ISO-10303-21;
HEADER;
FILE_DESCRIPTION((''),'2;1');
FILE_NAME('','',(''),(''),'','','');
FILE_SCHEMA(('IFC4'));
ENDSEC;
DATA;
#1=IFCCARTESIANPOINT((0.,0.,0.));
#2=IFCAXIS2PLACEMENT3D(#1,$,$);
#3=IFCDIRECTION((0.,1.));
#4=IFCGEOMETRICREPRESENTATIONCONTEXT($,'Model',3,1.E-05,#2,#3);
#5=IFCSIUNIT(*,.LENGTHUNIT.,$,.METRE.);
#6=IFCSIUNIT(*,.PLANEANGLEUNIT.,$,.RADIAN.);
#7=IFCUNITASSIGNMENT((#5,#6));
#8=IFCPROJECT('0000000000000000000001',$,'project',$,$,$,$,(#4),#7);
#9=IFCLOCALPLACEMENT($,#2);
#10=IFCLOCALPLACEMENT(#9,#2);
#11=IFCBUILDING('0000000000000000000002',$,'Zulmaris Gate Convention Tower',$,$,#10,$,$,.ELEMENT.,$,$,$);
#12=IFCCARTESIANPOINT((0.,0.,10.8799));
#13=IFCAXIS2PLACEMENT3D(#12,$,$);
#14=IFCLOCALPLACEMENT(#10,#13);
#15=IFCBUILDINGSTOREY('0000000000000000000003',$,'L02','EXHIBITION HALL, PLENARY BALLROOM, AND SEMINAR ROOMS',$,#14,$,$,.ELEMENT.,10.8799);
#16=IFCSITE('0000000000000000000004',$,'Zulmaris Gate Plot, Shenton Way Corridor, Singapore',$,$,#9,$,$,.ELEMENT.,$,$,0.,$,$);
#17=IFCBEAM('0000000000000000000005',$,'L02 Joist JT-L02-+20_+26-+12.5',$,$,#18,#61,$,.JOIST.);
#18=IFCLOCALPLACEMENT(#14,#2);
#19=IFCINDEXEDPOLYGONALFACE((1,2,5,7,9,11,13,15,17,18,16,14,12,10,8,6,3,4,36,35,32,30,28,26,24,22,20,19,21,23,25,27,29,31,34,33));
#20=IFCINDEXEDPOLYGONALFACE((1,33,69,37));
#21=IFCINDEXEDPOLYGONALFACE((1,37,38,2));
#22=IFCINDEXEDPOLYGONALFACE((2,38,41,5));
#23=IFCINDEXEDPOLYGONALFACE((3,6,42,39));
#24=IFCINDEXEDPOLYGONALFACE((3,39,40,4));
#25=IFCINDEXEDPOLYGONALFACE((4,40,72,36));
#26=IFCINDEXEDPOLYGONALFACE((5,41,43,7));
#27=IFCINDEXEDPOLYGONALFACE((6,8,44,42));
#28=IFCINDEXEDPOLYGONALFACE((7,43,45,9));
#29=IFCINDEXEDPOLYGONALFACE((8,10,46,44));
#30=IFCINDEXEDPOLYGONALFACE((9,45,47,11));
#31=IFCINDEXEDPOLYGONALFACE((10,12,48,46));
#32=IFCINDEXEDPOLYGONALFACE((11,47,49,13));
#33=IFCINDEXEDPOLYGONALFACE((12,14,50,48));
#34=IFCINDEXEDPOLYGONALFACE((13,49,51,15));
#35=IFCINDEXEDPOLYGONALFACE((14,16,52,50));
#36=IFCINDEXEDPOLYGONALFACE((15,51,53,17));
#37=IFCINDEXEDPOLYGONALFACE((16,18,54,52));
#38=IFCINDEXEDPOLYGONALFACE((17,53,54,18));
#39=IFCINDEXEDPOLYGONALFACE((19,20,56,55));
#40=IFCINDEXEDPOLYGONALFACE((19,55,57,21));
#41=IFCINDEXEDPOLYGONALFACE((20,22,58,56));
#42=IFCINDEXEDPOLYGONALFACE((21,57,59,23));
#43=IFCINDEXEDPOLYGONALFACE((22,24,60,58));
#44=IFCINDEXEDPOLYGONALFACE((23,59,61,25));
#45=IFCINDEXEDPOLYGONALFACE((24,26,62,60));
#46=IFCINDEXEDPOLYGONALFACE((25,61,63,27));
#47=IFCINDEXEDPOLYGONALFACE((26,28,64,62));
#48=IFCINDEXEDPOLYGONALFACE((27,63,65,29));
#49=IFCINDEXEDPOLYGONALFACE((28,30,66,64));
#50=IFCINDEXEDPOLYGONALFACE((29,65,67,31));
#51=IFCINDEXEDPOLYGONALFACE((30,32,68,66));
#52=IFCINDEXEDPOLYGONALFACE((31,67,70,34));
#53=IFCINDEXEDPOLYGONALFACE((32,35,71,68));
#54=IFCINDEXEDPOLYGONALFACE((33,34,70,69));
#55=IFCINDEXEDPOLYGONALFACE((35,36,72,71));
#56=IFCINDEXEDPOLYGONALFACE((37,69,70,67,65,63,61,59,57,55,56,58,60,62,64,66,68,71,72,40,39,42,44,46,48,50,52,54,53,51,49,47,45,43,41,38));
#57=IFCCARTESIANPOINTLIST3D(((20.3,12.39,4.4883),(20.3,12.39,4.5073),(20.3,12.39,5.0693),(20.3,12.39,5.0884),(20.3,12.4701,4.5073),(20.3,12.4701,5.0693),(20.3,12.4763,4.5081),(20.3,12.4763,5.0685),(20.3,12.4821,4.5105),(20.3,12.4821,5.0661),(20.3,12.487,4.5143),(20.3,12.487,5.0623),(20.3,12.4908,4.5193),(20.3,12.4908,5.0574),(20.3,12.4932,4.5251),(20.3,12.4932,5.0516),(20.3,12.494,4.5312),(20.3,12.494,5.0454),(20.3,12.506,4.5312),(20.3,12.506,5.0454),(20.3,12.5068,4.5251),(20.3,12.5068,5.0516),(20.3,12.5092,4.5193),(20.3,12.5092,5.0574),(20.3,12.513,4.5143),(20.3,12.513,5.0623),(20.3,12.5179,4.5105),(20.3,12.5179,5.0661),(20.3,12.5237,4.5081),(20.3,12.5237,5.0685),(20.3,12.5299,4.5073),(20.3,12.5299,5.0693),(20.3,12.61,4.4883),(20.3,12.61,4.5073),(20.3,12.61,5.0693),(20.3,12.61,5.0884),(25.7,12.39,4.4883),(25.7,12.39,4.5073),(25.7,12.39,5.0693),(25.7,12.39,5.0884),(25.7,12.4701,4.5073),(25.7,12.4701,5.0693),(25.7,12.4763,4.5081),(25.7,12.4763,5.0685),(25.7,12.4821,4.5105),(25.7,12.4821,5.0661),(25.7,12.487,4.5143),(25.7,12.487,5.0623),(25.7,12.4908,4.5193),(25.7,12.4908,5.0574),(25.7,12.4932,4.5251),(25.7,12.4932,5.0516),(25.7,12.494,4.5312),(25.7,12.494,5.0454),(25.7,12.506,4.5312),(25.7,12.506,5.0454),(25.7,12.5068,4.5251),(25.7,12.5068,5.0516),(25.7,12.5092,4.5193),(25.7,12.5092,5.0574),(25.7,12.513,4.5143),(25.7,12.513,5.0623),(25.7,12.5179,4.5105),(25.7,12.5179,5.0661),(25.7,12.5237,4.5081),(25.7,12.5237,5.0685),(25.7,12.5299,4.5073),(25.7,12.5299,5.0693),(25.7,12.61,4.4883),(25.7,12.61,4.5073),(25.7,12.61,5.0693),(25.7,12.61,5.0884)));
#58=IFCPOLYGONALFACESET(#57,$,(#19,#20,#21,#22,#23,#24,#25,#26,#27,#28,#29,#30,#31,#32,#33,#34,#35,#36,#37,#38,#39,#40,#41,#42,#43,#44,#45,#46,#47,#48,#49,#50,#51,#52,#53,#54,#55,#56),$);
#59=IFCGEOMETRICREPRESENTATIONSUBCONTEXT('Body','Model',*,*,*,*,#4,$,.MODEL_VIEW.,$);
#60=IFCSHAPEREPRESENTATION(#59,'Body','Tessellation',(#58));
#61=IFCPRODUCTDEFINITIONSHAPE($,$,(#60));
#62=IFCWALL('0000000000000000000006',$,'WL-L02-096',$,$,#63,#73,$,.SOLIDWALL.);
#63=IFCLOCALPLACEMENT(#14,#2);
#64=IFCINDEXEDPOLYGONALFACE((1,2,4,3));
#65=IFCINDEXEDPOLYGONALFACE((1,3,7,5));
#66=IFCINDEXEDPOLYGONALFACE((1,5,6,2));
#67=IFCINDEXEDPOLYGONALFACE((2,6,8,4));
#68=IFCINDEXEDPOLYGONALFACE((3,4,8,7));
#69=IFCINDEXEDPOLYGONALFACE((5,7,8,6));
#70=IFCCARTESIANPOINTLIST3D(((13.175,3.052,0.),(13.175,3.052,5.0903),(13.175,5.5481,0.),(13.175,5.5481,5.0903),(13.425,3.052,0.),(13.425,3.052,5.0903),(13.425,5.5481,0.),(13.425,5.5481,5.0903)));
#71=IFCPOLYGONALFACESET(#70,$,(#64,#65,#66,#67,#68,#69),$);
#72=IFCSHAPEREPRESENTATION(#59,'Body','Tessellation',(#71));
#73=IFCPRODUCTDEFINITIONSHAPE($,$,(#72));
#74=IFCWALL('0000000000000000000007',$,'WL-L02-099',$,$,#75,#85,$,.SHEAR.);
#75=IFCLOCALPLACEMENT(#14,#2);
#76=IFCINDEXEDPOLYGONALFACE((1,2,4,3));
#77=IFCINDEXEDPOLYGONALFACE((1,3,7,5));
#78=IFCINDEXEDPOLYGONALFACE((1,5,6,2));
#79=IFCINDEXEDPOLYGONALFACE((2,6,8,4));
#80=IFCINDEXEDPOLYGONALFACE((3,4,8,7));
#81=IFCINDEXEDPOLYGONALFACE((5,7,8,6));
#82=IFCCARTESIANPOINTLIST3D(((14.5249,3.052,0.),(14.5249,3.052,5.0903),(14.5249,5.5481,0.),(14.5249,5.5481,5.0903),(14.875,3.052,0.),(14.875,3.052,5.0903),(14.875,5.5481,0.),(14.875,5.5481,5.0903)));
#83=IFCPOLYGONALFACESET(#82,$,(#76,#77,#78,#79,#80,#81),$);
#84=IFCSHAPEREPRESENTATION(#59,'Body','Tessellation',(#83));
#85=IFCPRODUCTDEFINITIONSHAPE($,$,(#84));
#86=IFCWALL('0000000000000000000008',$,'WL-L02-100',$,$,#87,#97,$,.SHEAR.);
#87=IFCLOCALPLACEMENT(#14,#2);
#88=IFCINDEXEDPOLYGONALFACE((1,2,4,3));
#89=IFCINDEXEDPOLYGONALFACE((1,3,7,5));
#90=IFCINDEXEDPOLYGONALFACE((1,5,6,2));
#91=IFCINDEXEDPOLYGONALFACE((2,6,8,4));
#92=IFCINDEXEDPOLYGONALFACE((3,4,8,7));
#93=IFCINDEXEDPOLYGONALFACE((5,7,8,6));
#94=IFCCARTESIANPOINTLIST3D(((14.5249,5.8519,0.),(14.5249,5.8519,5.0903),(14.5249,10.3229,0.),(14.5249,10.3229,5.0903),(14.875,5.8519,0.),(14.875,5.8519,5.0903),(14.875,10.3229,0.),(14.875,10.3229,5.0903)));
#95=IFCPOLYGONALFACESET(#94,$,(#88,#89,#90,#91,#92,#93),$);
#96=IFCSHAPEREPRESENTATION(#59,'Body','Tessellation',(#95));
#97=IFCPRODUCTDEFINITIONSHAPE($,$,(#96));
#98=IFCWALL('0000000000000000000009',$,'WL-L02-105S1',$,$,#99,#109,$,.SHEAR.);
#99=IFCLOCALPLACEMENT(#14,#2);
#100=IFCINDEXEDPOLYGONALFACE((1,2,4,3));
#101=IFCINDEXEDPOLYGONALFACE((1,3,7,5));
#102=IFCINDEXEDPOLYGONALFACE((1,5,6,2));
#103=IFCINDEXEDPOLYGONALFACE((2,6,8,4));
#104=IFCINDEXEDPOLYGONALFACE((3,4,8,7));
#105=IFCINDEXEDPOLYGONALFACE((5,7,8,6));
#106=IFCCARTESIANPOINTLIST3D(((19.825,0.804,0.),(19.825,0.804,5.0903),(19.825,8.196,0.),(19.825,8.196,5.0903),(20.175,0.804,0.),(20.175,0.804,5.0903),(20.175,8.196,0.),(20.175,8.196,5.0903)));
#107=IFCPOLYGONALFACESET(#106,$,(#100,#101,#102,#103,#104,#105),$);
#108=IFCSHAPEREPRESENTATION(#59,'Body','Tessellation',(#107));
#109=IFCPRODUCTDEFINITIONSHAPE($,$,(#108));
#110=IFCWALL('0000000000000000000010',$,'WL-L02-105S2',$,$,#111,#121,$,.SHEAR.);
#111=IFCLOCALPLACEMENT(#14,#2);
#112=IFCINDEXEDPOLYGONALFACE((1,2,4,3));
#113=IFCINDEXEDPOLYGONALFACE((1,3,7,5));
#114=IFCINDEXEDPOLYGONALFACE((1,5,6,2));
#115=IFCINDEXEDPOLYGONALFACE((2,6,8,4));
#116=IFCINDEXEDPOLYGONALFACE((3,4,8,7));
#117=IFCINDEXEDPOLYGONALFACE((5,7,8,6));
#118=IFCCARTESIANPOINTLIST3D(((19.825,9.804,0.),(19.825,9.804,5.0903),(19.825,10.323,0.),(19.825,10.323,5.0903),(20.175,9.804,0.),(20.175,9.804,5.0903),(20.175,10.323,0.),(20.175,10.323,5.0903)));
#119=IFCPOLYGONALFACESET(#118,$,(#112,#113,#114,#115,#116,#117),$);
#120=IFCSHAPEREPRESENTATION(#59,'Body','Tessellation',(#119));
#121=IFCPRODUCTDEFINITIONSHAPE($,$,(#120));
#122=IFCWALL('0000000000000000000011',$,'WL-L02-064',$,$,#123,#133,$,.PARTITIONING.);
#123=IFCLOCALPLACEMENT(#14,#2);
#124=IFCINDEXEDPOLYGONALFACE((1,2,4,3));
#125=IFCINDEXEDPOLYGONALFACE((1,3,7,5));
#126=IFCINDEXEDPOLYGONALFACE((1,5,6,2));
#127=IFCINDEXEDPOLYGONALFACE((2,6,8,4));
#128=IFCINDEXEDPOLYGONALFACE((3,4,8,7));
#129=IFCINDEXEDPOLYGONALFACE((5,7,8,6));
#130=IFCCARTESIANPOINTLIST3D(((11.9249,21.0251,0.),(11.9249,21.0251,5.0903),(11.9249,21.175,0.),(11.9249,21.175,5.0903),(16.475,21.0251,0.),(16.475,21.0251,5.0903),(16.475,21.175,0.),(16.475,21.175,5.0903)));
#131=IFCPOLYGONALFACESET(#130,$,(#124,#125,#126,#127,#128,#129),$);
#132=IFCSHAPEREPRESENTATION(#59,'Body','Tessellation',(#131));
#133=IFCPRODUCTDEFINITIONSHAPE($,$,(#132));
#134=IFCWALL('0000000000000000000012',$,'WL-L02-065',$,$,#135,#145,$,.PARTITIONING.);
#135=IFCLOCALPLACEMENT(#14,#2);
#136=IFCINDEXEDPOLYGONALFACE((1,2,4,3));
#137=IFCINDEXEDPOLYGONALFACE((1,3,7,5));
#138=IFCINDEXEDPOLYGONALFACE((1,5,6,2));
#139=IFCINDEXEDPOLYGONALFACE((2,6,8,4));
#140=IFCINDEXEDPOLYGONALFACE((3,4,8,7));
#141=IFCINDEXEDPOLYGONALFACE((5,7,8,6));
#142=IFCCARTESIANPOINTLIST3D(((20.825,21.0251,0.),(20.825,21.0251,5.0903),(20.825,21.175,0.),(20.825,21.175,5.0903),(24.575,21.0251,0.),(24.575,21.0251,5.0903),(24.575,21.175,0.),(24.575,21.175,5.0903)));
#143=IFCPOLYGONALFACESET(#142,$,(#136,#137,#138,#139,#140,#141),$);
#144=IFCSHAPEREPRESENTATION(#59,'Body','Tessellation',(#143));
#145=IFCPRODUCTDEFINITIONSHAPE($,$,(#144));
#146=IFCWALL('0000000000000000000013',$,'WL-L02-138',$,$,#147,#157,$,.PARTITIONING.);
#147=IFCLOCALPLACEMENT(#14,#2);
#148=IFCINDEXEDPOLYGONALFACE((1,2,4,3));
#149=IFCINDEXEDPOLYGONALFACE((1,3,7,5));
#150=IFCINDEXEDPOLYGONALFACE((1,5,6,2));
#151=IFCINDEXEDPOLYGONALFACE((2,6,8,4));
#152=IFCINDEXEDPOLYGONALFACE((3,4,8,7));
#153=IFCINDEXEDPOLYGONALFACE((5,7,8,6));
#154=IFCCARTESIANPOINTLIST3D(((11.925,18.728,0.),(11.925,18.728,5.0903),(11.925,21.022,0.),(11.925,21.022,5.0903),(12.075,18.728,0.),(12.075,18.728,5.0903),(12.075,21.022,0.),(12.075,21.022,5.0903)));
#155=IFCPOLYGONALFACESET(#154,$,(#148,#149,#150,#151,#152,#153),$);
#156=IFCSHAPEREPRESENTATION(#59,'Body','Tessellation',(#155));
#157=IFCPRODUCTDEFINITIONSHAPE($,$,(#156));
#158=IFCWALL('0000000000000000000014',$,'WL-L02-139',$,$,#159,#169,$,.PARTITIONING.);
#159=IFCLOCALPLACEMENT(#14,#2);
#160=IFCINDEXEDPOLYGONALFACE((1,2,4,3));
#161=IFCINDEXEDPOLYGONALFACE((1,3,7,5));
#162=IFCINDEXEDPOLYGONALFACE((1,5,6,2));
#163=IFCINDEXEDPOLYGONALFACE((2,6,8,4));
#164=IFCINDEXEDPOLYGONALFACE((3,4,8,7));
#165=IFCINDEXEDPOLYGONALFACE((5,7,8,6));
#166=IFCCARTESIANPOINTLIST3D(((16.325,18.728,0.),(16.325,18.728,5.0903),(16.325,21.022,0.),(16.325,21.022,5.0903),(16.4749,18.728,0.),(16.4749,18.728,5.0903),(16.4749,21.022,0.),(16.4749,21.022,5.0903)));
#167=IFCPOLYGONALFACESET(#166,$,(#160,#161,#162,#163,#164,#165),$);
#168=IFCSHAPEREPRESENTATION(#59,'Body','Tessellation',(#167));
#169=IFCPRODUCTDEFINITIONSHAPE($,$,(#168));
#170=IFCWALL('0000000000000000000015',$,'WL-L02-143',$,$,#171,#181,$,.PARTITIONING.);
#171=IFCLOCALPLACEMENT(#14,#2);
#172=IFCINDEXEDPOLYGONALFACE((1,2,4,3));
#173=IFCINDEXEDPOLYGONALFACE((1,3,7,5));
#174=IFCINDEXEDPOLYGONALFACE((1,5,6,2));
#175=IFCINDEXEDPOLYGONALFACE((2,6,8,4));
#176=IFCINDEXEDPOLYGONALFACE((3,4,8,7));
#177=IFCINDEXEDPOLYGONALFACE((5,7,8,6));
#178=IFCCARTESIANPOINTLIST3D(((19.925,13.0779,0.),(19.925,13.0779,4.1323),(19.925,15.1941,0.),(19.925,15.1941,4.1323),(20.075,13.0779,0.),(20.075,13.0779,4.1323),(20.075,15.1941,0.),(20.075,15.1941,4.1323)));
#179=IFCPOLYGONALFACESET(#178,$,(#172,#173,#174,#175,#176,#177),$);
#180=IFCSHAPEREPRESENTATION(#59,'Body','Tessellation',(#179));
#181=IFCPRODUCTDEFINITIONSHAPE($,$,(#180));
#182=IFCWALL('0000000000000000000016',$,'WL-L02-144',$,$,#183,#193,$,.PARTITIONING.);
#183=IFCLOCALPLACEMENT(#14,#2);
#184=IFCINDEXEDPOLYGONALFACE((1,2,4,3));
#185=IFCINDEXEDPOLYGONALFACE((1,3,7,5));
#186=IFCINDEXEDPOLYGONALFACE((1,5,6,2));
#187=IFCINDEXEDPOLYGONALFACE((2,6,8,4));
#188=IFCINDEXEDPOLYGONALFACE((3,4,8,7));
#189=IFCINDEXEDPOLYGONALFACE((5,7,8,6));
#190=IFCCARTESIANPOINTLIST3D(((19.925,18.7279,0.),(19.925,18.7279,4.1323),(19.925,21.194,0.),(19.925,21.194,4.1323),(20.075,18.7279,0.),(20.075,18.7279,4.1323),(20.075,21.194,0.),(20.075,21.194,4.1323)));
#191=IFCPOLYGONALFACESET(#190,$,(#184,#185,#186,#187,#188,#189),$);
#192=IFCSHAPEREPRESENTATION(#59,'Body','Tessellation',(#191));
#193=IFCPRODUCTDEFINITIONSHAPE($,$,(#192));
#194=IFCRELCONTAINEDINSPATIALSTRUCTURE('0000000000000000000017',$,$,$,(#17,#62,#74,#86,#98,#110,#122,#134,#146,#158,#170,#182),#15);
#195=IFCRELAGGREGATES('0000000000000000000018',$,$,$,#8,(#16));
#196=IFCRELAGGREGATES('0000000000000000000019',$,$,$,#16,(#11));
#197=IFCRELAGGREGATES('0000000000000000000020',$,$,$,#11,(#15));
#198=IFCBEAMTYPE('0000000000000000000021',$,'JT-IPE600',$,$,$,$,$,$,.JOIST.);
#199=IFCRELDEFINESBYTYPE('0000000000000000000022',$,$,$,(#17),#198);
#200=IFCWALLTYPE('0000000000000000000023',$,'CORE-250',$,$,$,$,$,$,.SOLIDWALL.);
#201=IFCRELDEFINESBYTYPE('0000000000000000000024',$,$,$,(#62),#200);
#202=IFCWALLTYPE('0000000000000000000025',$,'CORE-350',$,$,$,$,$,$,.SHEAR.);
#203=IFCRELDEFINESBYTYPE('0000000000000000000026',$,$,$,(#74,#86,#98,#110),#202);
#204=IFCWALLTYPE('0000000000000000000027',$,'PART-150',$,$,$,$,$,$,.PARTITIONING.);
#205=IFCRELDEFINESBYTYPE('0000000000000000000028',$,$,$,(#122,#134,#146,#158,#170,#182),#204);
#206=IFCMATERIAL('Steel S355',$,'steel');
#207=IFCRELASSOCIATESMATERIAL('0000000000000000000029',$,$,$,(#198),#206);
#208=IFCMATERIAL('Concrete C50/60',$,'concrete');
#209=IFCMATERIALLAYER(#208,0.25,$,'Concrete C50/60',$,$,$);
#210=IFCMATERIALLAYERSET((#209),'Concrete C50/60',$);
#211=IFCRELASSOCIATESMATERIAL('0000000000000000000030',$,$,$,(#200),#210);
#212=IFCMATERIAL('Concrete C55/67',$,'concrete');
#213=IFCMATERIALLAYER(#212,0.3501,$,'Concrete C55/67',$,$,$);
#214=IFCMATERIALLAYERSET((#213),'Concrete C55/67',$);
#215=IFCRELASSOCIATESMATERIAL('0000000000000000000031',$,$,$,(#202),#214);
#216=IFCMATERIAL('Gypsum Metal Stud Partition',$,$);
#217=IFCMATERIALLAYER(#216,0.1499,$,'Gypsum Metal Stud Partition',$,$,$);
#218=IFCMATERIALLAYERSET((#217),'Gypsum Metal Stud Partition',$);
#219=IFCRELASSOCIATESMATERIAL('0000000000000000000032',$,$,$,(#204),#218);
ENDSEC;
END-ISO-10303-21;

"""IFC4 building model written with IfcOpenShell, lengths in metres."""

from ifc_helpers import new_model, si_unit, direction, frame, frame_2d, origin, origin_2d, place, context, subcontext, project, spatial, rectangle, i_section, extrude, material, layer, layer_set, material_profile, profile_set, type_object, element, save


model = new_model("IFC4")

# Units and contexts
model_context = context("Model", 3, precision=1e-05, world=origin(), true_north=direction((0.0, 1.0)))
body_context = subcontext(model_context, "Body", "Model", "MODEL_VIEW")
ifc_project = project(units=[si_unit("LENGTHUNIT", "METRE"), si_unit("PLANEANGLEUNIT", "RADIAN")], contexts=[model_context])

# Site, building, storey
site_placement = place(None, origin())
site = spatial("IfcSite", under=ifc_project, at=site_placement, Name="Zulmaris Gate Plot, Shenton Way Corridor, Singapore", CompositionType="ELEMENT", RefElevation=0.0)
building_placement = place(site_placement, origin())
building = spatial("IfcBuilding", under=site, at=building_placement, Name="Zulmaris Gate Convention Tower", CompositionType="ELEMENT")
storey_placement = place(building_placement, frame((0.0, 0.0, 10.8799)))
storey = spatial("IfcBuildingStorey", under=building, at=storey_placement, Name="L02", Description="EXHIBITION HALL, PLENARY BALLROOM, AND SEMINAR ROOMS", CompositionType="ELEMENT", Elevation=10.8799)

# Beam
ifc_material_1 = material(Name="Steel S355", Category="steel")
ifc_material_profile_1 = material_profile(ifc_material_1, i_section(OverallWidth=0.22, OverallDepth=0.6001, WebThickness=0.012, FlangeThickness=0.019, FilletRadius=0.0239, at=origin_2d()), Name="IPE 600")
ifc_profile_set_1 = profile_set([ifc_material_profile_1], Name="Steel S355")
beam_type_1 = type_object("IfcBeamType", Name="JT-IPE600", PredefinedType="JOIST", material=ifc_profile_set_1)
for number, where, z_axis, x_axis, name in (
    (1, (20.3, 12.5, 4.7883), (1.0, 0.0, 0.0), (0.0, 1.0, 0.0), "L02 Joist JT-L02-+20_+26-+12.5"),
):
    element("IfcBeam", number, at=place(storey_placement, frame(where, z_axis=z_axis, x_axis=x_axis)), inside=storey, type_object=beam_type_1, Name=name, PredefinedType="JOIST", context=body_context, shape_type="SweptSolid", body=[
        extrude(i_section(OverallWidth=0.22, OverallDepth=0.6001, WebThickness=0.012, FlangeThickness=0.019, FilletRadius=0.0239, at=origin_2d()), origin(), (0.0, 0.0, 1.0), 5.3999),
    ])

# Wall
ifc_material_2 = material(Name="Concrete C50/60", Category="concrete")
ifc_layer_1 = layer(ifc_material_2, 0.25, Name="Concrete C50/60")
ifc_layer_set_1 = layer_set([ifc_layer_1], Name="Concrete C50/60")
wall_type_1 = type_object("IfcWallType", Name="CORE-250", PredefinedType="SOLIDWALL", material=ifc_layer_set_1)
wall_1_placement = place(storey_placement, frame((13.3, 3.052, 0.0), z_axis=(0.0, 0.0, 1.0), x_axis=(0.0, 1.0, 0.0)))
element("IfcWall", 2, at=wall_1_placement, inside=storey, type_object=wall_type_1, Name="WL-L02-096", PredefinedType="SOLIDWALL", context=body_context, shape_type="SweptSolid", body=[
    extrude(rectangle(XDim=2.4961, YDim=0.25, at=frame_2d((1.248, 0.0))), origin(), (0.0, 0.0, 1.0), 5.0903),
])

# Shared definitions
ifc_material_3 = material(Name="Concrete C55/67", Category="concrete")
ifc_layer_2 = layer(ifc_material_3, 0.3501, Name="Concrete C55/67")
ifc_layer_set_2 = layer_set([ifc_layer_2], Name="Concrete C55/67")
wall_type_2 = type_object("IfcWallType", Name="CORE-350", PredefinedType="SHEAR", material=ifc_layer_set_2)

# Walls
wall_2_placement = place(storey_placement, frame((14.7, 3.052, 0.0), z_axis=(0.0, 0.0, 1.0), x_axis=(0.0, 1.0, 0.0)))
element("IfcWall", 3, at=wall_2_placement, inside=storey, type_object=wall_type_2, Name="WL-L02-099", PredefinedType="SHEAR", context=body_context, shape_type="SweptSolid", body=[
    extrude(rectangle(XDim=2.4961, YDim=0.3501, at=frame_2d((1.248, 0.0))), origin(), (0.0, 0.0, 1.0), 5.0903),
])
wall_3_placement = place(storey_placement, frame((14.7, 5.8521, 0.0), z_axis=(0.0, 0.0, 1.0), x_axis=(0.0, 1.0, 0.0)))
element("IfcWall", 4, at=wall_3_placement, inside=storey, type_object=wall_type_2, Name="WL-L02-100", PredefinedType="SHEAR", context=body_context, shape_type="SweptSolid", body=[
    extrude(rectangle(XDim=4.4709, YDim=0.3501, at=frame_2d((2.2354, 0.0))), origin(), (0.0, 0.0, 1.0), 5.0903),
])
wall_4_placement = place(storey_placement, frame((20.0, 0.804, 0.0), z_axis=(0.0, 0.0, 1.0), x_axis=(0.0, 1.0, 0.0)))
element("IfcWall", 5, at=wall_4_placement, inside=storey, type_object=wall_type_2, Name="WL-L02-105S1", PredefinedType="SHEAR", context=body_context, shape_type="SweptSolid", body=[
    extrude(rectangle(XDim=7.3921, YDim=0.3501, at=frame_2d((3.696, 0.0))), origin(), (0.0, 0.0, 1.0), 5.0903),
])
wall_5_placement = place(storey_placement, frame((20.0, 9.804, 0.0), z_axis=(0.0, 0.0, 1.0), x_axis=(0.0, 1.0, 0.0)))
element("IfcWall", 6, at=wall_5_placement, inside=storey, type_object=wall_type_2, Name="WL-L02-105S2", PredefinedType="SHEAR", context=body_context, shape_type="SweptSolid", body=[
    extrude(rectangle(XDim=0.519, YDim=0.3501, at=frame_2d((0.2595, 0.0))), origin(), (0.0, 0.0, 1.0), 5.0903),
])

# Shared definitions
ifc_material_4 = material(Name="Gypsum Metal Stud Partition")
ifc_layer_3 = layer(ifc_material_4, 0.1499, Name="Gypsum Metal Stud Partition")
ifc_layer_set_3 = layer_set([ifc_layer_3], Name="Gypsum Metal Stud Partition")
wall_type_3 = type_object("IfcWallType", Name="PART-150", PredefinedType="PARTITIONING", material=ifc_layer_set_3)

# Walls
wall_6_placement = place(storey_placement, frame((11.925, 21.1001, 0.0), z_axis=(0.0, 0.0, 1.0), x_axis=(1.0, 0.0, 0.0)))
element("IfcWall", 7, at=wall_6_placement, inside=storey, type_object=wall_type_3, Name="WL-L02-064", PredefinedType="PARTITIONING", context=body_context, shape_type="SweptSolid", body=[
    extrude(rectangle(XDim=4.55, YDim=0.1499, at=frame_2d((2.2749, 0.0))), origin(), (0.0, 0.0, 1.0), 5.0903),
])
wall_7_placement = place(storey_placement, frame((20.825, 21.1001, 0.0), z_axis=(0.0, 0.0, 1.0), x_axis=(1.0, 0.0, 0.0)))
element("IfcWall", 8, at=wall_7_placement, inside=storey, type_object=wall_type_3, Name="WL-L02-065", PredefinedType="PARTITIONING", context=body_context, shape_type="SweptSolid", body=[
    extrude(rectangle(XDim=3.75, YDim=0.1499, at=frame_2d((1.875, 0.0))), origin(), (0.0, 0.0, 1.0), 5.0903),
])
for number, where, z_axis, x_axis, name in (
    (9, (12.0, 18.728, 0.0), (0.0, 0.0, 1.0), (0.0, 1.0, 0.0), "WL-L02-138"),
    (10, (16.3999, 18.728, 0.0), (0.0, 0.0, 1.0), (0.0, 1.0, 0.0), "WL-L02-139"),
):
    element("IfcWall", number, at=place(storey_placement, frame(where, z_axis=z_axis, x_axis=x_axis)), inside=storey, type_object=wall_type_3, Name=name, PredefinedType="PARTITIONING", context=body_context, shape_type="SweptSolid", body=[
        extrude(rectangle(XDim=2.2939, YDim=0.1499, at=frame_2d((1.147, 0.0))), origin(), (0.0, 0.0, 1.0), 5.0903),
    ])

# Walls
wall_8_placement = place(storey_placement, frame((20.0, 13.0779, 0.0), z_axis=(0.0, 0.0, 1.0), x_axis=(0.0, 1.0, 0.0)))
element("IfcWall", 11, at=wall_8_placement, inside=storey, type_object=wall_type_3, Name="WL-L02-143", PredefinedType="PARTITIONING", context=body_context, shape_type="SweptSolid", body=[
    extrude(rectangle(XDim=2.1162, YDim=0.1499, at=frame_2d((1.0581, 0.0))), origin(), (0.0, 0.0, 1.0), 4.1323),
])
wall_9_placement = place(storey_placement, frame((20.0, 18.728, 0.0), z_axis=(0.0, 0.0, 1.0), x_axis=(0.0, 1.0, 0.0)))
element("IfcWall", 12, at=wall_9_placement, inside=storey, type_object=wall_type_3, Name="WL-L02-144", PredefinedType="PARTITIONING", context=body_context, shape_type="SweptSolid", body=[
    extrude(rectangle(XDim=2.4661, YDim=0.1499, at=frame_2d((1.2329, 0.0))), origin(), (0.0, 0.0, 1.0), 4.1323),
])

save(model, "model.ifc")
